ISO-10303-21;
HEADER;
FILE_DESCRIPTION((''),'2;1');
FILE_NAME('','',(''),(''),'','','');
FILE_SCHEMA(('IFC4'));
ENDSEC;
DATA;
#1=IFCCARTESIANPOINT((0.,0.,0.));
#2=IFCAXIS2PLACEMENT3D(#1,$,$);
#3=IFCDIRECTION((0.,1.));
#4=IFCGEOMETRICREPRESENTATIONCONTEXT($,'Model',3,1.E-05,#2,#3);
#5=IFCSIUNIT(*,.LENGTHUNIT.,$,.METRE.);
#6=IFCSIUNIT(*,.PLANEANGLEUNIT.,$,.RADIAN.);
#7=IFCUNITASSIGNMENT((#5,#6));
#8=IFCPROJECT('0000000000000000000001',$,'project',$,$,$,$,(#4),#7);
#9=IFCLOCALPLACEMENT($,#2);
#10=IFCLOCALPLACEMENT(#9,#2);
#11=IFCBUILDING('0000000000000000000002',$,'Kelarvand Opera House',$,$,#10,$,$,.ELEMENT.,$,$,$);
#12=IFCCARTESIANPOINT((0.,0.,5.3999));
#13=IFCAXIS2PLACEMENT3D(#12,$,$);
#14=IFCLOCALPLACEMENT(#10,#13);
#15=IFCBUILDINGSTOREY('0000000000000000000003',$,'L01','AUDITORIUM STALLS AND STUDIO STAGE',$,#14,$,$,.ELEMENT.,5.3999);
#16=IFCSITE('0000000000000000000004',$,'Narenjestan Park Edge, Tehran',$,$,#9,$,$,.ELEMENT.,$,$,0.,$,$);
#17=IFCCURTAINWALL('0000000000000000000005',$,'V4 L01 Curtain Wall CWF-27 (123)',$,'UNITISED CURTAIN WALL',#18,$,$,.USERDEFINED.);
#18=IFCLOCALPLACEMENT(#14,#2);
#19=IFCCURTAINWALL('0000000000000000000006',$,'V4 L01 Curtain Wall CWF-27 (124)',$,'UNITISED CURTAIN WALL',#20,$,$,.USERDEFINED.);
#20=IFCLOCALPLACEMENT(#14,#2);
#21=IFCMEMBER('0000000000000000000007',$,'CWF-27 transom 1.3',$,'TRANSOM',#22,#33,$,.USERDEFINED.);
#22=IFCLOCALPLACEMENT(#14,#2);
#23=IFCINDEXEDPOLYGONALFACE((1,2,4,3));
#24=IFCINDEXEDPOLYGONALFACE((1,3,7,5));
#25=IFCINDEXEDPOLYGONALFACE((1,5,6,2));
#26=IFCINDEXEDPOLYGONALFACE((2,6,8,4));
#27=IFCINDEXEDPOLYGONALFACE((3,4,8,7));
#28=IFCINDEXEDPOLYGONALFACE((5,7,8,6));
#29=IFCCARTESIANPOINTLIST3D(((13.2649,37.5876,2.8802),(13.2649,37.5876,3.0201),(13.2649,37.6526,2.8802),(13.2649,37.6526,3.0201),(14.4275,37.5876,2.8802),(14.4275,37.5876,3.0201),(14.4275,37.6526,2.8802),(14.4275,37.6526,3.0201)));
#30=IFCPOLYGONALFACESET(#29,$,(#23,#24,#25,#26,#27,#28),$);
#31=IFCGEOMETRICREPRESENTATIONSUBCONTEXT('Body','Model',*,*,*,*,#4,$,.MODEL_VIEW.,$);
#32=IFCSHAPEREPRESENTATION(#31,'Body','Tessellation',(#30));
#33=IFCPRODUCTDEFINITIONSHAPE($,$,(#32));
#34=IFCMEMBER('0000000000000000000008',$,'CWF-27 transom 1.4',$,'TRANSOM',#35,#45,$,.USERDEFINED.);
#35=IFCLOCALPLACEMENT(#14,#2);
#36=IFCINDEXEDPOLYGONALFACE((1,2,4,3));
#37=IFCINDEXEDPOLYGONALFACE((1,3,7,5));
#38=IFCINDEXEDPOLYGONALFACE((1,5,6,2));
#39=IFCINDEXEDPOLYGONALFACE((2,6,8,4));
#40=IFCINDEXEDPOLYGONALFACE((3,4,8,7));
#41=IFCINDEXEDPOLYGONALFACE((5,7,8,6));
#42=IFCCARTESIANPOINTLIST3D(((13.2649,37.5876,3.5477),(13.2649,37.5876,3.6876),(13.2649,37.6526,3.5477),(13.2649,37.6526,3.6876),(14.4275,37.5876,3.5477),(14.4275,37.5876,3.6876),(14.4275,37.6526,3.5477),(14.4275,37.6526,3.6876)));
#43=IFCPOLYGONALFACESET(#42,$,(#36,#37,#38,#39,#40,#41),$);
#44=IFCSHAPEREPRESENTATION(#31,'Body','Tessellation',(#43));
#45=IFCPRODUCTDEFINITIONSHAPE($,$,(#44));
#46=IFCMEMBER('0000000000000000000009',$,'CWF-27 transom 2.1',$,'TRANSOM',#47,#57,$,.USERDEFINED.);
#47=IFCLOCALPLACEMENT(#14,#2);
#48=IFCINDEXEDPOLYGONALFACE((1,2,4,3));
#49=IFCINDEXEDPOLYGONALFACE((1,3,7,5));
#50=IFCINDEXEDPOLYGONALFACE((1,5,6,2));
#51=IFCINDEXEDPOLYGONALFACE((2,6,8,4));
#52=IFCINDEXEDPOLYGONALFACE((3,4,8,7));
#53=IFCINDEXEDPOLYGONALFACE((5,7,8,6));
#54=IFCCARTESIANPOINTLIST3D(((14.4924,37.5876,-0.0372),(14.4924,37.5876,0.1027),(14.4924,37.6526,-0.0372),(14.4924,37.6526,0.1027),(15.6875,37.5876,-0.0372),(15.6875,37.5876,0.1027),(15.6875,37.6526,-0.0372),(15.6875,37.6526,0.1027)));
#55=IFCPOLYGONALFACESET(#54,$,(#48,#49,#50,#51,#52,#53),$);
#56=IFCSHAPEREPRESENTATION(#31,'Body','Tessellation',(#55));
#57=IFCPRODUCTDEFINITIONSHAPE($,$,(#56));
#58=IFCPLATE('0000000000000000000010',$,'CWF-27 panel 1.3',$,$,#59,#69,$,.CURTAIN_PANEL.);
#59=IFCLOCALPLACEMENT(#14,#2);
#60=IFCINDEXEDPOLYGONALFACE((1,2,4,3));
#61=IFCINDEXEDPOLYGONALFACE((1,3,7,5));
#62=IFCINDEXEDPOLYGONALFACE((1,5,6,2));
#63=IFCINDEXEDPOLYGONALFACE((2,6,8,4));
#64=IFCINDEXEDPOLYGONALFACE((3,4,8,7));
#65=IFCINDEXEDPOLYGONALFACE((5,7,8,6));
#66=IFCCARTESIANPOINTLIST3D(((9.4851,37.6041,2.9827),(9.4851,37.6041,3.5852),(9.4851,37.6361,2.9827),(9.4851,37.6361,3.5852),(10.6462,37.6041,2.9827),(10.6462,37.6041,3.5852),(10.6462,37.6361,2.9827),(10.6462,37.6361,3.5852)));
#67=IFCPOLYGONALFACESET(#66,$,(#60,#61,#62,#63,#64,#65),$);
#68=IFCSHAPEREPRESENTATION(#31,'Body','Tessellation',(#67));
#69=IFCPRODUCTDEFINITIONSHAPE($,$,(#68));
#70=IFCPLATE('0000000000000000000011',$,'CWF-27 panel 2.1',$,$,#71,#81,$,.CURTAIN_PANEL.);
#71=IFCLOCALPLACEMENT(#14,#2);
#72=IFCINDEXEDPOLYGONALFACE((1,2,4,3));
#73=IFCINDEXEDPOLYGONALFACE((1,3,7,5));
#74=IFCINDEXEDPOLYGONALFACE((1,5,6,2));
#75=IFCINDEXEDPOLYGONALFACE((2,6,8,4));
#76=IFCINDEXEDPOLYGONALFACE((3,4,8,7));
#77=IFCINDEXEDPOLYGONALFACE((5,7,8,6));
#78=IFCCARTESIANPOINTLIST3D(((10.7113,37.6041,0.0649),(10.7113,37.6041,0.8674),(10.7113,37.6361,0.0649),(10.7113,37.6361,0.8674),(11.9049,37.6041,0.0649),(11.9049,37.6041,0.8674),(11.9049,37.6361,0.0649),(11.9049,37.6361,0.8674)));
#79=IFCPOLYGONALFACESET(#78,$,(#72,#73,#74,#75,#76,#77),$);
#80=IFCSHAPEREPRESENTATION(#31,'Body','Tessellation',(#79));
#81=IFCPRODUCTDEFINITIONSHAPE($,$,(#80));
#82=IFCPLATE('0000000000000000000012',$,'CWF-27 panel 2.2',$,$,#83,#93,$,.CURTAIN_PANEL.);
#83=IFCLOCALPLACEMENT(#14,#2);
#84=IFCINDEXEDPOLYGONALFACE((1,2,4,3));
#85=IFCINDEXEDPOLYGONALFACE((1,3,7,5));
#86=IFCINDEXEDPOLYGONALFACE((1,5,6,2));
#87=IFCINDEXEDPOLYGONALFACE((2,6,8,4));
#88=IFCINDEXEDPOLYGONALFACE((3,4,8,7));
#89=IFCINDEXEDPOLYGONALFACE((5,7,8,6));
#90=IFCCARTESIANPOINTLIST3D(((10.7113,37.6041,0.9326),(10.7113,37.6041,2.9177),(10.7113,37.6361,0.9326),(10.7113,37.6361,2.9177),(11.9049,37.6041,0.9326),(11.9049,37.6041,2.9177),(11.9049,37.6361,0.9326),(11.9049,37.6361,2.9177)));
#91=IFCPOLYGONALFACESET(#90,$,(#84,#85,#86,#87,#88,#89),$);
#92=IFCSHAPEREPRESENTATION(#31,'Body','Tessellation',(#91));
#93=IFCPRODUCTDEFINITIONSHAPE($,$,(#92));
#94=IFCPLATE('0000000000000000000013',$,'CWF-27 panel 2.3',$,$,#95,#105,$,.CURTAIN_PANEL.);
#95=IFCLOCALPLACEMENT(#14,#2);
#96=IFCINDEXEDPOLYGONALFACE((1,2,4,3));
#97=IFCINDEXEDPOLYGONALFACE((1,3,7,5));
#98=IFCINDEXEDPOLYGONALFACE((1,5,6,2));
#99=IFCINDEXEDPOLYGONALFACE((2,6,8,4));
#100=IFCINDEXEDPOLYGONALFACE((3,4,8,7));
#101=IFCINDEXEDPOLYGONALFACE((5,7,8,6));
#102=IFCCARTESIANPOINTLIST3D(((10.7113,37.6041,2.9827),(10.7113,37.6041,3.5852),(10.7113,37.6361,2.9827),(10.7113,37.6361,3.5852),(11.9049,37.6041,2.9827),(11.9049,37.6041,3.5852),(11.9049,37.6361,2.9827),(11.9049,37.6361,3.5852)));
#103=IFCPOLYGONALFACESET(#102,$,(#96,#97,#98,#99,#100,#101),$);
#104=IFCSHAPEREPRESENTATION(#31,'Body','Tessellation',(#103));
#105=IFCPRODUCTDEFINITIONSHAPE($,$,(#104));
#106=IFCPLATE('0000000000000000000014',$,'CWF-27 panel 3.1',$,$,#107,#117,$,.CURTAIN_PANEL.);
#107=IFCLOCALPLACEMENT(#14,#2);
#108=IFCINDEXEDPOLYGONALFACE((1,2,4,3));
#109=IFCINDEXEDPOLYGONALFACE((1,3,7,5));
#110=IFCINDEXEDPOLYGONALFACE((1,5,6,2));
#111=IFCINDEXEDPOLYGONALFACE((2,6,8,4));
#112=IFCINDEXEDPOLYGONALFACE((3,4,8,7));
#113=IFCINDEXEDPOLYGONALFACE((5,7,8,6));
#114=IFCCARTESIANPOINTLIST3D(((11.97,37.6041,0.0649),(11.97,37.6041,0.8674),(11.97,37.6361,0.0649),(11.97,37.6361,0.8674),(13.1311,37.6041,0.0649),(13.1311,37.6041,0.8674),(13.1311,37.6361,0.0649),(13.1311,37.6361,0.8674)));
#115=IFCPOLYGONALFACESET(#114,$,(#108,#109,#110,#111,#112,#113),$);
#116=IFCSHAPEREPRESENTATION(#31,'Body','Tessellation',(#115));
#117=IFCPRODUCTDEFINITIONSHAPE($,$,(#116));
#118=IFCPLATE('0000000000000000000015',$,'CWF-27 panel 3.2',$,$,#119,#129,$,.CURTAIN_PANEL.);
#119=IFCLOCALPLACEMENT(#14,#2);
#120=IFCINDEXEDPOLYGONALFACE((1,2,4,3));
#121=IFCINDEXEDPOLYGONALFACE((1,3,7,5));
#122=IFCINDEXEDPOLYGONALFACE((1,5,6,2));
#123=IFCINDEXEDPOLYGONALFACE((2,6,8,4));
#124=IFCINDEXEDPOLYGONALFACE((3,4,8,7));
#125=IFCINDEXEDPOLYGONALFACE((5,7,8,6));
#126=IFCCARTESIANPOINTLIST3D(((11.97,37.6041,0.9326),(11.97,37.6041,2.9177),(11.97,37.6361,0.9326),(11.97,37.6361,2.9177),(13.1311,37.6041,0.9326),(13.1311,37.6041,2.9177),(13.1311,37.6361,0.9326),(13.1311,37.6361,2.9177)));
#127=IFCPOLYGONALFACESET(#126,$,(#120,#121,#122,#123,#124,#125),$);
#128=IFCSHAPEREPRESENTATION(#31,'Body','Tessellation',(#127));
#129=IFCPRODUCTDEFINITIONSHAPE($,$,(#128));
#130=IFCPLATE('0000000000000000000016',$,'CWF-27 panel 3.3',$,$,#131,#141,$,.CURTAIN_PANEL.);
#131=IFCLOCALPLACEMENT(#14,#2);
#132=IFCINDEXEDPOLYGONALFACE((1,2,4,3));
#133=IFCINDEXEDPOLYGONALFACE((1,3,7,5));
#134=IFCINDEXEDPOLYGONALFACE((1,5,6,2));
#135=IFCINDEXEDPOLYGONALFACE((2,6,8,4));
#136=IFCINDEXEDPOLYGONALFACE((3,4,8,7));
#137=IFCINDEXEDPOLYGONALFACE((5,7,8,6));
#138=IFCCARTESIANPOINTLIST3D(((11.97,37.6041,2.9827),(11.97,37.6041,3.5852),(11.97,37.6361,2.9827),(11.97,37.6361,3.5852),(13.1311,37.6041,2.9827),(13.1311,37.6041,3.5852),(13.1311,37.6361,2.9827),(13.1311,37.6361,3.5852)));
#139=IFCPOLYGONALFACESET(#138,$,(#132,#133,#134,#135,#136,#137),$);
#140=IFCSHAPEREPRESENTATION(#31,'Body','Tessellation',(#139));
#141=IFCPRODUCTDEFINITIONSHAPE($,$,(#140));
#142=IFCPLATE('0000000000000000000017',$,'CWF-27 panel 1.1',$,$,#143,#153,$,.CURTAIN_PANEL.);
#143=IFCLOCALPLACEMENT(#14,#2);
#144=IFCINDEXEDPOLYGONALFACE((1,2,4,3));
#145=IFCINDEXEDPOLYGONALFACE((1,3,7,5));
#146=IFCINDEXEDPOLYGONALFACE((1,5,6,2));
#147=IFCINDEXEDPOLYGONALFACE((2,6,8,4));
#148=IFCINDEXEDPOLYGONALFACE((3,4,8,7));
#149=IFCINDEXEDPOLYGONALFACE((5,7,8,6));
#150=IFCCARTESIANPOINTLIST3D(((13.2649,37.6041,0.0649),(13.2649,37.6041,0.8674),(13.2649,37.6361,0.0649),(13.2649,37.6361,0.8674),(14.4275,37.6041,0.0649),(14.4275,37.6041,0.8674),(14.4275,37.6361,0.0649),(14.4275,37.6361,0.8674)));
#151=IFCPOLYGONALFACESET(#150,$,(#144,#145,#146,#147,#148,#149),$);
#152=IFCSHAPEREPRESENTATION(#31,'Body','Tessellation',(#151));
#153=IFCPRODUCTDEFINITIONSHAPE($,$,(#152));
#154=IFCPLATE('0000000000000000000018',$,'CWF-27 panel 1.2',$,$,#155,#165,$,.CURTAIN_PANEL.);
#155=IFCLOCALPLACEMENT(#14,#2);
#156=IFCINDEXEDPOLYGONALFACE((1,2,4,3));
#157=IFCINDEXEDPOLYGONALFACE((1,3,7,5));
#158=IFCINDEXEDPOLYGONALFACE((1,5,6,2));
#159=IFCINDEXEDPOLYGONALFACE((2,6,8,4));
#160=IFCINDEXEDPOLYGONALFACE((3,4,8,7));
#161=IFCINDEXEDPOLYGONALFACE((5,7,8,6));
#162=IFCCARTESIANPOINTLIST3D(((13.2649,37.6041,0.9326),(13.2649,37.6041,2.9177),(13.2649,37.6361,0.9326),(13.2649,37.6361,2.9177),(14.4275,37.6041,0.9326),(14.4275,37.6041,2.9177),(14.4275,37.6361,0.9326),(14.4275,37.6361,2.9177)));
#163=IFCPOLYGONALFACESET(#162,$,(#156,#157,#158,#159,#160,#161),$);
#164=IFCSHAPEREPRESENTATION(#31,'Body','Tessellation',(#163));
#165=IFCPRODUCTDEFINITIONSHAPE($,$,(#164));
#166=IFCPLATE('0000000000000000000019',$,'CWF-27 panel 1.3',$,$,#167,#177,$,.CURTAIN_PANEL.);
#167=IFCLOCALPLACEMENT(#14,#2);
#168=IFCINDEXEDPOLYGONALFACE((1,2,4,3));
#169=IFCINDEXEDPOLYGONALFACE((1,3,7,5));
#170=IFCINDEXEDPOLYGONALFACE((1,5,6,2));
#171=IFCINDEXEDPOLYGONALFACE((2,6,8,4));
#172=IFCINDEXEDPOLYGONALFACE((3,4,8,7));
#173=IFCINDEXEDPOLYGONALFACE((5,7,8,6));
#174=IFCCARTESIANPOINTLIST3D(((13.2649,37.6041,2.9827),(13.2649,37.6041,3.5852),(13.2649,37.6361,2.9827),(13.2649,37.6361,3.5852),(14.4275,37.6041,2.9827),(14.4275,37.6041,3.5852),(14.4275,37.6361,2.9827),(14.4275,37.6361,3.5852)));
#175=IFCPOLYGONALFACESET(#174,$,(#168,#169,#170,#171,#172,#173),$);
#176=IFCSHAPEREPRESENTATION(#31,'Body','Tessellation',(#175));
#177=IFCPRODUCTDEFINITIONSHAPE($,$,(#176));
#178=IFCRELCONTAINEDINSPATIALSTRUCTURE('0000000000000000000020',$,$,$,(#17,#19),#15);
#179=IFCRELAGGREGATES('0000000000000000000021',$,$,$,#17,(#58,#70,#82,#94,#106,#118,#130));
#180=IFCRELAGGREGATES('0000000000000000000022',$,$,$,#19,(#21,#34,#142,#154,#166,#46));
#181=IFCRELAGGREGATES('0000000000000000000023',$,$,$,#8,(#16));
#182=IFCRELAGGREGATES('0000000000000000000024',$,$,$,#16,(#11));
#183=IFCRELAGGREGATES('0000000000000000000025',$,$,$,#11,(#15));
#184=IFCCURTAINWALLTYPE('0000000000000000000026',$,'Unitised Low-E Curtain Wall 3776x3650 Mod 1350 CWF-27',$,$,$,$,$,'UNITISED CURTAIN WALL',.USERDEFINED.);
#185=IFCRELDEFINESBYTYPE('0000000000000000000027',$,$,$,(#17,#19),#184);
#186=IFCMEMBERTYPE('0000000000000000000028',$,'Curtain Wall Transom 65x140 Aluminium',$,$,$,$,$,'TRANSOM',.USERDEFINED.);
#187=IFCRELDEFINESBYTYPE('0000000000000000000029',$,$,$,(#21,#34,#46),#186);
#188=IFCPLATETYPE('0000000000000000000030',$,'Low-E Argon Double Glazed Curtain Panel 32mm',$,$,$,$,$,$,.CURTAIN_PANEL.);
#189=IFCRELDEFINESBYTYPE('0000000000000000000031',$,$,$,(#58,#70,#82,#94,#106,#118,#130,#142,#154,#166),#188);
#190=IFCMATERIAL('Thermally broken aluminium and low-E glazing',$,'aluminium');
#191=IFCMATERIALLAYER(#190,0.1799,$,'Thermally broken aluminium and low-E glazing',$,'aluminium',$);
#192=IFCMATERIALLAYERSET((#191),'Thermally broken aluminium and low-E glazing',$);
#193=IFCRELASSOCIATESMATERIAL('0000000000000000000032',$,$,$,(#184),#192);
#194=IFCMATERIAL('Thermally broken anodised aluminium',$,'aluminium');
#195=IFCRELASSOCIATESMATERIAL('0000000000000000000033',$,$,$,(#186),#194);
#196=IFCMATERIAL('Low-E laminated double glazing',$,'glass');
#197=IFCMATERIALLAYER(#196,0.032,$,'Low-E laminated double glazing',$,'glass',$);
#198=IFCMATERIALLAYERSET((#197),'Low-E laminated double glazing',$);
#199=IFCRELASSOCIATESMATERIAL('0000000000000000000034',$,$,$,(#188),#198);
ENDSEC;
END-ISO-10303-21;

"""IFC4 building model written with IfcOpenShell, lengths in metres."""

from ifc_helpers import new_model, si_unit, direction, frame, origin, origin_2d, place, context, subcontext, project, spatial, rectangle, extrude, material, layer, layer_set, material_profile, profile_set, type_object, element, aggregate, save


model = new_model("IFC4")

# Units and contexts
model_context = context("Model", 3, precision=1e-05, world=origin(), true_north=direction((0.0, 1.0)))
body_context = subcontext(model_context, "Body", "Model", "MODEL_VIEW")
ifc_project = project(units=[si_unit("LENGTHUNIT", "METRE"), si_unit("PLANEANGLEUNIT", "RADIAN")], contexts=[model_context])

# Site, building, storey
site_placement = place(None, origin())
site = spatial("IfcSite", under=ifc_project, at=site_placement, Name="Narenjestan Park Edge, Tehran", CompositionType="ELEMENT", RefElevation=0.0)
building_placement = place(site_placement, origin())
building = spatial("IfcBuilding", under=site, at=building_placement, Name="Kelarvand Opera House", CompositionType="ELEMENT")
storey_placement = place(building_placement, frame((0.0, 0.0, 5.3999)))
storey = spatial("IfcBuildingStorey", under=building, at=storey_placement, Name="L01", Description="AUDITORIUM STALLS AND STUDIO STAGE", CompositionType="ELEMENT", Elevation=5.3999)

# Curtain walls
ifc_material_1 = material(Name="Thermally broken aluminium and low-E glazing", Category="aluminium")
ifc_layer_1 = layer(ifc_material_1, 0.1799, Name="Thermally broken aluminium and low-E glazing", Category="aluminium")
ifc_layer_set_1 = layer_set([ifc_layer_1], Name="Thermally broken aluminium and low-E glazing")
curtain_wall_type = type_object("IfcCurtainWallType", Name="Unitised Low-E Curtain Wall 3776x3650 Mod 1350 CWF-27", ElementType="UNITISED CURTAIN WALL", PredefinedType="USERDEFINED", material=ifc_layer_set_1)
curtain_wall_1_placement = place(storey_placement, origin())
curtain_wall_1 = element("IfcCurtainWall", 1, at=curtain_wall_1_placement, inside=storey, type_object=curtain_wall_type, Name="V4 L01 Curtain Wall CWF-27 (123)", ObjectType="UNITISED CURTAIN WALL", PredefinedType="USERDEFINED")
ifc_material_2 = material(Name="Thermally broken anodised aluminium", Category="aluminium")
curtain_wall_2_placement = place(storey_placement, origin())
curtain_wall_2 = element("IfcCurtainWall", 2, at=curtain_wall_2_placement, inside=storey, type_object=curtain_wall_type, Name="V4 L01 Curtain Wall CWF-27 (124)", ObjectType="UNITISED CURTAIN WALL", PredefinedType="USERDEFINED")

# Members
ifc_material_profile_1 = material_profile(ifc_material_2, rectangle(XDim=0.0649, YDim=0.1399, at=origin_2d()), Name="ALU TRANSOM 65x140", Category="aluminium")
ifc_profile_set_1 = profile_set([ifc_material_profile_1], Name="Thermally broken anodised aluminium")
member_type_1 = type_object("IfcMemberType", Name="Curtain Wall Transom 65x140 Aluminium", ElementType="TRANSOM", PredefinedType="USERDEFINED", material=ifc_profile_set_1)
member_1_placement = place(storey_placement, frame((13.2649, 37.6201, 2.9502), z_axis=(1.0, 0.0, 0.0), x_axis=(0.0, 1.0, 0.0)))
member_1 = element("IfcMember", 3, at=member_1_placement, type_object=member_type_1, Name="CWF-27 transom 1.3", ObjectType="TRANSOM", PredefinedType="USERDEFINED", context=body_context, shape_type="SweptSolid", body=[
    extrude(rectangle(XDim=0.0649, YDim=0.1399, at=origin_2d()), origin(), (0.0, 0.0, 1.0), 1.1626),
])
member_2_placement = place(storey_placement, frame((13.2649, 37.6201, 3.6177), z_axis=(1.0, 0.0, 0.0), x_axis=(0.0, 1.0, 0.0)))
member_2 = element("IfcMember", 4, at=member_2_placement, type_object=member_type_1, Name="CWF-27 transom 1.4", ObjectType="TRANSOM", PredefinedType="USERDEFINED", context=body_context, shape_type="SweptSolid", body=[
    extrude(rectangle(XDim=0.0649, YDim=0.1399, at=origin_2d()), origin(), (0.0, 0.0, 1.0), 1.1626),
])
member_3_placement = place(storey_placement, frame((14.4924, 37.6201, 0.0327), z_axis=(1.0, 0.0, 0.0), x_axis=(0.0, 1.0, 0.0)))
member_3 = element("IfcMember", 5, at=member_3_placement, type_object=member_type_1, Name="CWF-27 transom 2.1", ObjectType="TRANSOM", PredefinedType="USERDEFINED", context=body_context, shape_type="SweptSolid", body=[
    extrude(rectangle(XDim=0.0649, YDim=0.1399, at=origin_2d()), origin(), (0.0, 0.0, 1.0), 1.1951),
])

# Plates
ifc_material_3 = material(Name="Low-E laminated double glazing", Category="glass")
ifc_layer_2 = layer(ifc_material_3, 0.032, Name="Low-E laminated double glazing", Category="glass")
ifc_layer_set_2 = layer_set([ifc_layer_2], Name="Low-E laminated double glazing")
plate_type = type_object("IfcPlateType", Name="Low-E Argon Double Glazed Curtain Panel 32mm", PredefinedType="CURTAIN_PANEL", material=ifc_layer_set_2)
plate_1_placement = place(storey_placement, frame((10.0657, 37.6201, 2.9827), z_axis=(0.0, 0.0, 1.0), x_axis=(1.0, 0.0, 0.0)))
plate_1 = element("IfcPlate", 6, at=plate_1_placement, type_object=plate_type, Name="CWF-27 panel 1.3", PredefinedType="CURTAIN_PANEL", context=body_context, shape_type="SweptSolid", body=[
    extrude(rectangle(XDim=1.1611, YDim=0.032, at=origin_2d()), origin(), (0.0, 0.0, 1.0), 0.6025),
])
plate_2_placement = place(storey_placement, frame((11.3081, 37.6201, 0.0649), z_axis=(0.0, 0.0, 1.0), x_axis=(1.0, 0.0, 0.0)))
plate_2 = element("IfcPlate", 7, at=plate_2_placement, type_object=plate_type, Name="CWF-27 panel 2.1", PredefinedType="CURTAIN_PANEL", context=body_context, shape_type="SweptSolid", body=[
    extrude(rectangle(XDim=1.1936, YDim=0.032, at=origin_2d()), origin(), (0.0, 0.0, 1.0), 0.8025),
])
plate_3_placement = place(storey_placement, frame((11.3081, 37.6201, 0.9326), z_axis=(0.0, 0.0, 1.0), x_axis=(1.0, 0.0, 0.0)))
plate_3 = element("IfcPlate", 8, at=plate_3_placement, type_object=plate_type, Name="CWF-27 panel 2.2", PredefinedType="CURTAIN_PANEL", context=body_context, shape_type="SweptSolid", body=[
    extrude(rectangle(XDim=1.1936, YDim=0.032, at=origin_2d()), origin(), (0.0, 0.0, 1.0), 1.9851),
])
plate_4_placement = place(storey_placement, frame((11.3081, 37.6201, 2.9827), z_axis=(0.0, 0.0, 1.0), x_axis=(1.0, 0.0, 0.0)))
plate_4 = element("IfcPlate", 9, at=plate_4_placement, type_object=plate_type, Name="CWF-27 panel 2.3", PredefinedType="CURTAIN_PANEL", context=body_context, shape_type="SweptSolid", body=[
    extrude(rectangle(XDim=1.1936, YDim=0.032, at=origin_2d()), origin(), (0.0, 0.0, 1.0), 0.6025),
])
plate_5_placement = place(storey_placement, frame((12.5505, 37.6201, 0.0649), z_axis=(0.0, 0.0, 1.0), x_axis=(1.0, 0.0, 0.0)))
plate_5 = element("IfcPlate", 10, at=plate_5_placement, type_object=plate_type, Name="CWF-27 panel 3.1", PredefinedType="CURTAIN_PANEL", context=body_context, shape_type="SweptSolid", body=[
    extrude(rectangle(XDim=1.1611, YDim=0.032, at=origin_2d()), origin(), (0.0, 0.0, 1.0), 0.8025),
])
plate_6_placement = place(storey_placement, frame((12.5505, 37.6201, 0.9326), z_axis=(0.0, 0.0, 1.0), x_axis=(1.0, 0.0, 0.0)))
plate_6 = element("IfcPlate", 11, at=plate_6_placement, type_object=plate_type, Name="CWF-27 panel 3.2", PredefinedType="CURTAIN_PANEL", context=body_context, shape_type="SweptSolid", body=[
    extrude(rectangle(XDim=1.1611, YDim=0.032, at=origin_2d()), origin(), (0.0, 0.0, 1.0), 1.9851),
])
plate_7_placement = place(storey_placement, frame((12.5505, 37.6201, 2.9827), z_axis=(0.0, 0.0, 1.0), x_axis=(1.0, 0.0, 0.0)))
plate_7 = element("IfcPlate", 12, at=plate_7_placement, type_object=plate_type, Name="CWF-27 panel 3.3", PredefinedType="CURTAIN_PANEL", context=body_context, shape_type="SweptSolid", body=[
    extrude(rectangle(XDim=1.1611, YDim=0.032, at=origin_2d()), origin(), (0.0, 0.0, 1.0), 0.6025),
])
aggregate(curtain_wall_1, [plate_1, plate_2, plate_3, plate_4, plate_5, plate_6, plate_7])
plate_8_placement = place(storey_placement, frame((13.8462, 37.6201, 0.0649), z_axis=(0.0, 0.0, 1.0), x_axis=(1.0, 0.0, 0.0)))
plate_8 = element("IfcPlate", 13, at=plate_8_placement, type_object=plate_type, Name="CWF-27 panel 1.1", PredefinedType="CURTAIN_PANEL", context=body_context, shape_type="SweptSolid", body=[
    extrude(rectangle(XDim=1.1626, YDim=0.032, at=origin_2d()), origin(), (0.0, 0.0, 1.0), 0.8025),
])
plate_9_placement = place(storey_placement, frame((13.8462, 37.6201, 0.9326), z_axis=(0.0, 0.0, 1.0), x_axis=(1.0, 0.0, 0.0)))
plate_9 = element("IfcPlate", 14, at=plate_9_placement, type_object=plate_type, Name="CWF-27 panel 1.2", PredefinedType="CURTAIN_PANEL", context=body_context, shape_type="SweptSolid", body=[
    extrude(rectangle(XDim=1.1626, YDim=0.032, at=origin_2d()), origin(), (0.0, 0.0, 1.0), 1.9851),
])
plate_10_placement = place(storey_placement, frame((13.8462, 37.6201, 2.9827), z_axis=(0.0, 0.0, 1.0), x_axis=(1.0, 0.0, 0.0)))
plate_10 = element("IfcPlate", 15, at=plate_10_placement, type_object=plate_type, Name="CWF-27 panel 1.3", PredefinedType="CURTAIN_PANEL", context=body_context, shape_type="SweptSolid", body=[
    extrude(rectangle(XDim=1.1626, YDim=0.032, at=origin_2d()), origin(), (0.0, 0.0, 1.0), 0.6025),
])
aggregate(curtain_wall_2, [member_1, member_2, plate_8, plate_9, plate_10, member_3])

save(model, "model.ifc")
